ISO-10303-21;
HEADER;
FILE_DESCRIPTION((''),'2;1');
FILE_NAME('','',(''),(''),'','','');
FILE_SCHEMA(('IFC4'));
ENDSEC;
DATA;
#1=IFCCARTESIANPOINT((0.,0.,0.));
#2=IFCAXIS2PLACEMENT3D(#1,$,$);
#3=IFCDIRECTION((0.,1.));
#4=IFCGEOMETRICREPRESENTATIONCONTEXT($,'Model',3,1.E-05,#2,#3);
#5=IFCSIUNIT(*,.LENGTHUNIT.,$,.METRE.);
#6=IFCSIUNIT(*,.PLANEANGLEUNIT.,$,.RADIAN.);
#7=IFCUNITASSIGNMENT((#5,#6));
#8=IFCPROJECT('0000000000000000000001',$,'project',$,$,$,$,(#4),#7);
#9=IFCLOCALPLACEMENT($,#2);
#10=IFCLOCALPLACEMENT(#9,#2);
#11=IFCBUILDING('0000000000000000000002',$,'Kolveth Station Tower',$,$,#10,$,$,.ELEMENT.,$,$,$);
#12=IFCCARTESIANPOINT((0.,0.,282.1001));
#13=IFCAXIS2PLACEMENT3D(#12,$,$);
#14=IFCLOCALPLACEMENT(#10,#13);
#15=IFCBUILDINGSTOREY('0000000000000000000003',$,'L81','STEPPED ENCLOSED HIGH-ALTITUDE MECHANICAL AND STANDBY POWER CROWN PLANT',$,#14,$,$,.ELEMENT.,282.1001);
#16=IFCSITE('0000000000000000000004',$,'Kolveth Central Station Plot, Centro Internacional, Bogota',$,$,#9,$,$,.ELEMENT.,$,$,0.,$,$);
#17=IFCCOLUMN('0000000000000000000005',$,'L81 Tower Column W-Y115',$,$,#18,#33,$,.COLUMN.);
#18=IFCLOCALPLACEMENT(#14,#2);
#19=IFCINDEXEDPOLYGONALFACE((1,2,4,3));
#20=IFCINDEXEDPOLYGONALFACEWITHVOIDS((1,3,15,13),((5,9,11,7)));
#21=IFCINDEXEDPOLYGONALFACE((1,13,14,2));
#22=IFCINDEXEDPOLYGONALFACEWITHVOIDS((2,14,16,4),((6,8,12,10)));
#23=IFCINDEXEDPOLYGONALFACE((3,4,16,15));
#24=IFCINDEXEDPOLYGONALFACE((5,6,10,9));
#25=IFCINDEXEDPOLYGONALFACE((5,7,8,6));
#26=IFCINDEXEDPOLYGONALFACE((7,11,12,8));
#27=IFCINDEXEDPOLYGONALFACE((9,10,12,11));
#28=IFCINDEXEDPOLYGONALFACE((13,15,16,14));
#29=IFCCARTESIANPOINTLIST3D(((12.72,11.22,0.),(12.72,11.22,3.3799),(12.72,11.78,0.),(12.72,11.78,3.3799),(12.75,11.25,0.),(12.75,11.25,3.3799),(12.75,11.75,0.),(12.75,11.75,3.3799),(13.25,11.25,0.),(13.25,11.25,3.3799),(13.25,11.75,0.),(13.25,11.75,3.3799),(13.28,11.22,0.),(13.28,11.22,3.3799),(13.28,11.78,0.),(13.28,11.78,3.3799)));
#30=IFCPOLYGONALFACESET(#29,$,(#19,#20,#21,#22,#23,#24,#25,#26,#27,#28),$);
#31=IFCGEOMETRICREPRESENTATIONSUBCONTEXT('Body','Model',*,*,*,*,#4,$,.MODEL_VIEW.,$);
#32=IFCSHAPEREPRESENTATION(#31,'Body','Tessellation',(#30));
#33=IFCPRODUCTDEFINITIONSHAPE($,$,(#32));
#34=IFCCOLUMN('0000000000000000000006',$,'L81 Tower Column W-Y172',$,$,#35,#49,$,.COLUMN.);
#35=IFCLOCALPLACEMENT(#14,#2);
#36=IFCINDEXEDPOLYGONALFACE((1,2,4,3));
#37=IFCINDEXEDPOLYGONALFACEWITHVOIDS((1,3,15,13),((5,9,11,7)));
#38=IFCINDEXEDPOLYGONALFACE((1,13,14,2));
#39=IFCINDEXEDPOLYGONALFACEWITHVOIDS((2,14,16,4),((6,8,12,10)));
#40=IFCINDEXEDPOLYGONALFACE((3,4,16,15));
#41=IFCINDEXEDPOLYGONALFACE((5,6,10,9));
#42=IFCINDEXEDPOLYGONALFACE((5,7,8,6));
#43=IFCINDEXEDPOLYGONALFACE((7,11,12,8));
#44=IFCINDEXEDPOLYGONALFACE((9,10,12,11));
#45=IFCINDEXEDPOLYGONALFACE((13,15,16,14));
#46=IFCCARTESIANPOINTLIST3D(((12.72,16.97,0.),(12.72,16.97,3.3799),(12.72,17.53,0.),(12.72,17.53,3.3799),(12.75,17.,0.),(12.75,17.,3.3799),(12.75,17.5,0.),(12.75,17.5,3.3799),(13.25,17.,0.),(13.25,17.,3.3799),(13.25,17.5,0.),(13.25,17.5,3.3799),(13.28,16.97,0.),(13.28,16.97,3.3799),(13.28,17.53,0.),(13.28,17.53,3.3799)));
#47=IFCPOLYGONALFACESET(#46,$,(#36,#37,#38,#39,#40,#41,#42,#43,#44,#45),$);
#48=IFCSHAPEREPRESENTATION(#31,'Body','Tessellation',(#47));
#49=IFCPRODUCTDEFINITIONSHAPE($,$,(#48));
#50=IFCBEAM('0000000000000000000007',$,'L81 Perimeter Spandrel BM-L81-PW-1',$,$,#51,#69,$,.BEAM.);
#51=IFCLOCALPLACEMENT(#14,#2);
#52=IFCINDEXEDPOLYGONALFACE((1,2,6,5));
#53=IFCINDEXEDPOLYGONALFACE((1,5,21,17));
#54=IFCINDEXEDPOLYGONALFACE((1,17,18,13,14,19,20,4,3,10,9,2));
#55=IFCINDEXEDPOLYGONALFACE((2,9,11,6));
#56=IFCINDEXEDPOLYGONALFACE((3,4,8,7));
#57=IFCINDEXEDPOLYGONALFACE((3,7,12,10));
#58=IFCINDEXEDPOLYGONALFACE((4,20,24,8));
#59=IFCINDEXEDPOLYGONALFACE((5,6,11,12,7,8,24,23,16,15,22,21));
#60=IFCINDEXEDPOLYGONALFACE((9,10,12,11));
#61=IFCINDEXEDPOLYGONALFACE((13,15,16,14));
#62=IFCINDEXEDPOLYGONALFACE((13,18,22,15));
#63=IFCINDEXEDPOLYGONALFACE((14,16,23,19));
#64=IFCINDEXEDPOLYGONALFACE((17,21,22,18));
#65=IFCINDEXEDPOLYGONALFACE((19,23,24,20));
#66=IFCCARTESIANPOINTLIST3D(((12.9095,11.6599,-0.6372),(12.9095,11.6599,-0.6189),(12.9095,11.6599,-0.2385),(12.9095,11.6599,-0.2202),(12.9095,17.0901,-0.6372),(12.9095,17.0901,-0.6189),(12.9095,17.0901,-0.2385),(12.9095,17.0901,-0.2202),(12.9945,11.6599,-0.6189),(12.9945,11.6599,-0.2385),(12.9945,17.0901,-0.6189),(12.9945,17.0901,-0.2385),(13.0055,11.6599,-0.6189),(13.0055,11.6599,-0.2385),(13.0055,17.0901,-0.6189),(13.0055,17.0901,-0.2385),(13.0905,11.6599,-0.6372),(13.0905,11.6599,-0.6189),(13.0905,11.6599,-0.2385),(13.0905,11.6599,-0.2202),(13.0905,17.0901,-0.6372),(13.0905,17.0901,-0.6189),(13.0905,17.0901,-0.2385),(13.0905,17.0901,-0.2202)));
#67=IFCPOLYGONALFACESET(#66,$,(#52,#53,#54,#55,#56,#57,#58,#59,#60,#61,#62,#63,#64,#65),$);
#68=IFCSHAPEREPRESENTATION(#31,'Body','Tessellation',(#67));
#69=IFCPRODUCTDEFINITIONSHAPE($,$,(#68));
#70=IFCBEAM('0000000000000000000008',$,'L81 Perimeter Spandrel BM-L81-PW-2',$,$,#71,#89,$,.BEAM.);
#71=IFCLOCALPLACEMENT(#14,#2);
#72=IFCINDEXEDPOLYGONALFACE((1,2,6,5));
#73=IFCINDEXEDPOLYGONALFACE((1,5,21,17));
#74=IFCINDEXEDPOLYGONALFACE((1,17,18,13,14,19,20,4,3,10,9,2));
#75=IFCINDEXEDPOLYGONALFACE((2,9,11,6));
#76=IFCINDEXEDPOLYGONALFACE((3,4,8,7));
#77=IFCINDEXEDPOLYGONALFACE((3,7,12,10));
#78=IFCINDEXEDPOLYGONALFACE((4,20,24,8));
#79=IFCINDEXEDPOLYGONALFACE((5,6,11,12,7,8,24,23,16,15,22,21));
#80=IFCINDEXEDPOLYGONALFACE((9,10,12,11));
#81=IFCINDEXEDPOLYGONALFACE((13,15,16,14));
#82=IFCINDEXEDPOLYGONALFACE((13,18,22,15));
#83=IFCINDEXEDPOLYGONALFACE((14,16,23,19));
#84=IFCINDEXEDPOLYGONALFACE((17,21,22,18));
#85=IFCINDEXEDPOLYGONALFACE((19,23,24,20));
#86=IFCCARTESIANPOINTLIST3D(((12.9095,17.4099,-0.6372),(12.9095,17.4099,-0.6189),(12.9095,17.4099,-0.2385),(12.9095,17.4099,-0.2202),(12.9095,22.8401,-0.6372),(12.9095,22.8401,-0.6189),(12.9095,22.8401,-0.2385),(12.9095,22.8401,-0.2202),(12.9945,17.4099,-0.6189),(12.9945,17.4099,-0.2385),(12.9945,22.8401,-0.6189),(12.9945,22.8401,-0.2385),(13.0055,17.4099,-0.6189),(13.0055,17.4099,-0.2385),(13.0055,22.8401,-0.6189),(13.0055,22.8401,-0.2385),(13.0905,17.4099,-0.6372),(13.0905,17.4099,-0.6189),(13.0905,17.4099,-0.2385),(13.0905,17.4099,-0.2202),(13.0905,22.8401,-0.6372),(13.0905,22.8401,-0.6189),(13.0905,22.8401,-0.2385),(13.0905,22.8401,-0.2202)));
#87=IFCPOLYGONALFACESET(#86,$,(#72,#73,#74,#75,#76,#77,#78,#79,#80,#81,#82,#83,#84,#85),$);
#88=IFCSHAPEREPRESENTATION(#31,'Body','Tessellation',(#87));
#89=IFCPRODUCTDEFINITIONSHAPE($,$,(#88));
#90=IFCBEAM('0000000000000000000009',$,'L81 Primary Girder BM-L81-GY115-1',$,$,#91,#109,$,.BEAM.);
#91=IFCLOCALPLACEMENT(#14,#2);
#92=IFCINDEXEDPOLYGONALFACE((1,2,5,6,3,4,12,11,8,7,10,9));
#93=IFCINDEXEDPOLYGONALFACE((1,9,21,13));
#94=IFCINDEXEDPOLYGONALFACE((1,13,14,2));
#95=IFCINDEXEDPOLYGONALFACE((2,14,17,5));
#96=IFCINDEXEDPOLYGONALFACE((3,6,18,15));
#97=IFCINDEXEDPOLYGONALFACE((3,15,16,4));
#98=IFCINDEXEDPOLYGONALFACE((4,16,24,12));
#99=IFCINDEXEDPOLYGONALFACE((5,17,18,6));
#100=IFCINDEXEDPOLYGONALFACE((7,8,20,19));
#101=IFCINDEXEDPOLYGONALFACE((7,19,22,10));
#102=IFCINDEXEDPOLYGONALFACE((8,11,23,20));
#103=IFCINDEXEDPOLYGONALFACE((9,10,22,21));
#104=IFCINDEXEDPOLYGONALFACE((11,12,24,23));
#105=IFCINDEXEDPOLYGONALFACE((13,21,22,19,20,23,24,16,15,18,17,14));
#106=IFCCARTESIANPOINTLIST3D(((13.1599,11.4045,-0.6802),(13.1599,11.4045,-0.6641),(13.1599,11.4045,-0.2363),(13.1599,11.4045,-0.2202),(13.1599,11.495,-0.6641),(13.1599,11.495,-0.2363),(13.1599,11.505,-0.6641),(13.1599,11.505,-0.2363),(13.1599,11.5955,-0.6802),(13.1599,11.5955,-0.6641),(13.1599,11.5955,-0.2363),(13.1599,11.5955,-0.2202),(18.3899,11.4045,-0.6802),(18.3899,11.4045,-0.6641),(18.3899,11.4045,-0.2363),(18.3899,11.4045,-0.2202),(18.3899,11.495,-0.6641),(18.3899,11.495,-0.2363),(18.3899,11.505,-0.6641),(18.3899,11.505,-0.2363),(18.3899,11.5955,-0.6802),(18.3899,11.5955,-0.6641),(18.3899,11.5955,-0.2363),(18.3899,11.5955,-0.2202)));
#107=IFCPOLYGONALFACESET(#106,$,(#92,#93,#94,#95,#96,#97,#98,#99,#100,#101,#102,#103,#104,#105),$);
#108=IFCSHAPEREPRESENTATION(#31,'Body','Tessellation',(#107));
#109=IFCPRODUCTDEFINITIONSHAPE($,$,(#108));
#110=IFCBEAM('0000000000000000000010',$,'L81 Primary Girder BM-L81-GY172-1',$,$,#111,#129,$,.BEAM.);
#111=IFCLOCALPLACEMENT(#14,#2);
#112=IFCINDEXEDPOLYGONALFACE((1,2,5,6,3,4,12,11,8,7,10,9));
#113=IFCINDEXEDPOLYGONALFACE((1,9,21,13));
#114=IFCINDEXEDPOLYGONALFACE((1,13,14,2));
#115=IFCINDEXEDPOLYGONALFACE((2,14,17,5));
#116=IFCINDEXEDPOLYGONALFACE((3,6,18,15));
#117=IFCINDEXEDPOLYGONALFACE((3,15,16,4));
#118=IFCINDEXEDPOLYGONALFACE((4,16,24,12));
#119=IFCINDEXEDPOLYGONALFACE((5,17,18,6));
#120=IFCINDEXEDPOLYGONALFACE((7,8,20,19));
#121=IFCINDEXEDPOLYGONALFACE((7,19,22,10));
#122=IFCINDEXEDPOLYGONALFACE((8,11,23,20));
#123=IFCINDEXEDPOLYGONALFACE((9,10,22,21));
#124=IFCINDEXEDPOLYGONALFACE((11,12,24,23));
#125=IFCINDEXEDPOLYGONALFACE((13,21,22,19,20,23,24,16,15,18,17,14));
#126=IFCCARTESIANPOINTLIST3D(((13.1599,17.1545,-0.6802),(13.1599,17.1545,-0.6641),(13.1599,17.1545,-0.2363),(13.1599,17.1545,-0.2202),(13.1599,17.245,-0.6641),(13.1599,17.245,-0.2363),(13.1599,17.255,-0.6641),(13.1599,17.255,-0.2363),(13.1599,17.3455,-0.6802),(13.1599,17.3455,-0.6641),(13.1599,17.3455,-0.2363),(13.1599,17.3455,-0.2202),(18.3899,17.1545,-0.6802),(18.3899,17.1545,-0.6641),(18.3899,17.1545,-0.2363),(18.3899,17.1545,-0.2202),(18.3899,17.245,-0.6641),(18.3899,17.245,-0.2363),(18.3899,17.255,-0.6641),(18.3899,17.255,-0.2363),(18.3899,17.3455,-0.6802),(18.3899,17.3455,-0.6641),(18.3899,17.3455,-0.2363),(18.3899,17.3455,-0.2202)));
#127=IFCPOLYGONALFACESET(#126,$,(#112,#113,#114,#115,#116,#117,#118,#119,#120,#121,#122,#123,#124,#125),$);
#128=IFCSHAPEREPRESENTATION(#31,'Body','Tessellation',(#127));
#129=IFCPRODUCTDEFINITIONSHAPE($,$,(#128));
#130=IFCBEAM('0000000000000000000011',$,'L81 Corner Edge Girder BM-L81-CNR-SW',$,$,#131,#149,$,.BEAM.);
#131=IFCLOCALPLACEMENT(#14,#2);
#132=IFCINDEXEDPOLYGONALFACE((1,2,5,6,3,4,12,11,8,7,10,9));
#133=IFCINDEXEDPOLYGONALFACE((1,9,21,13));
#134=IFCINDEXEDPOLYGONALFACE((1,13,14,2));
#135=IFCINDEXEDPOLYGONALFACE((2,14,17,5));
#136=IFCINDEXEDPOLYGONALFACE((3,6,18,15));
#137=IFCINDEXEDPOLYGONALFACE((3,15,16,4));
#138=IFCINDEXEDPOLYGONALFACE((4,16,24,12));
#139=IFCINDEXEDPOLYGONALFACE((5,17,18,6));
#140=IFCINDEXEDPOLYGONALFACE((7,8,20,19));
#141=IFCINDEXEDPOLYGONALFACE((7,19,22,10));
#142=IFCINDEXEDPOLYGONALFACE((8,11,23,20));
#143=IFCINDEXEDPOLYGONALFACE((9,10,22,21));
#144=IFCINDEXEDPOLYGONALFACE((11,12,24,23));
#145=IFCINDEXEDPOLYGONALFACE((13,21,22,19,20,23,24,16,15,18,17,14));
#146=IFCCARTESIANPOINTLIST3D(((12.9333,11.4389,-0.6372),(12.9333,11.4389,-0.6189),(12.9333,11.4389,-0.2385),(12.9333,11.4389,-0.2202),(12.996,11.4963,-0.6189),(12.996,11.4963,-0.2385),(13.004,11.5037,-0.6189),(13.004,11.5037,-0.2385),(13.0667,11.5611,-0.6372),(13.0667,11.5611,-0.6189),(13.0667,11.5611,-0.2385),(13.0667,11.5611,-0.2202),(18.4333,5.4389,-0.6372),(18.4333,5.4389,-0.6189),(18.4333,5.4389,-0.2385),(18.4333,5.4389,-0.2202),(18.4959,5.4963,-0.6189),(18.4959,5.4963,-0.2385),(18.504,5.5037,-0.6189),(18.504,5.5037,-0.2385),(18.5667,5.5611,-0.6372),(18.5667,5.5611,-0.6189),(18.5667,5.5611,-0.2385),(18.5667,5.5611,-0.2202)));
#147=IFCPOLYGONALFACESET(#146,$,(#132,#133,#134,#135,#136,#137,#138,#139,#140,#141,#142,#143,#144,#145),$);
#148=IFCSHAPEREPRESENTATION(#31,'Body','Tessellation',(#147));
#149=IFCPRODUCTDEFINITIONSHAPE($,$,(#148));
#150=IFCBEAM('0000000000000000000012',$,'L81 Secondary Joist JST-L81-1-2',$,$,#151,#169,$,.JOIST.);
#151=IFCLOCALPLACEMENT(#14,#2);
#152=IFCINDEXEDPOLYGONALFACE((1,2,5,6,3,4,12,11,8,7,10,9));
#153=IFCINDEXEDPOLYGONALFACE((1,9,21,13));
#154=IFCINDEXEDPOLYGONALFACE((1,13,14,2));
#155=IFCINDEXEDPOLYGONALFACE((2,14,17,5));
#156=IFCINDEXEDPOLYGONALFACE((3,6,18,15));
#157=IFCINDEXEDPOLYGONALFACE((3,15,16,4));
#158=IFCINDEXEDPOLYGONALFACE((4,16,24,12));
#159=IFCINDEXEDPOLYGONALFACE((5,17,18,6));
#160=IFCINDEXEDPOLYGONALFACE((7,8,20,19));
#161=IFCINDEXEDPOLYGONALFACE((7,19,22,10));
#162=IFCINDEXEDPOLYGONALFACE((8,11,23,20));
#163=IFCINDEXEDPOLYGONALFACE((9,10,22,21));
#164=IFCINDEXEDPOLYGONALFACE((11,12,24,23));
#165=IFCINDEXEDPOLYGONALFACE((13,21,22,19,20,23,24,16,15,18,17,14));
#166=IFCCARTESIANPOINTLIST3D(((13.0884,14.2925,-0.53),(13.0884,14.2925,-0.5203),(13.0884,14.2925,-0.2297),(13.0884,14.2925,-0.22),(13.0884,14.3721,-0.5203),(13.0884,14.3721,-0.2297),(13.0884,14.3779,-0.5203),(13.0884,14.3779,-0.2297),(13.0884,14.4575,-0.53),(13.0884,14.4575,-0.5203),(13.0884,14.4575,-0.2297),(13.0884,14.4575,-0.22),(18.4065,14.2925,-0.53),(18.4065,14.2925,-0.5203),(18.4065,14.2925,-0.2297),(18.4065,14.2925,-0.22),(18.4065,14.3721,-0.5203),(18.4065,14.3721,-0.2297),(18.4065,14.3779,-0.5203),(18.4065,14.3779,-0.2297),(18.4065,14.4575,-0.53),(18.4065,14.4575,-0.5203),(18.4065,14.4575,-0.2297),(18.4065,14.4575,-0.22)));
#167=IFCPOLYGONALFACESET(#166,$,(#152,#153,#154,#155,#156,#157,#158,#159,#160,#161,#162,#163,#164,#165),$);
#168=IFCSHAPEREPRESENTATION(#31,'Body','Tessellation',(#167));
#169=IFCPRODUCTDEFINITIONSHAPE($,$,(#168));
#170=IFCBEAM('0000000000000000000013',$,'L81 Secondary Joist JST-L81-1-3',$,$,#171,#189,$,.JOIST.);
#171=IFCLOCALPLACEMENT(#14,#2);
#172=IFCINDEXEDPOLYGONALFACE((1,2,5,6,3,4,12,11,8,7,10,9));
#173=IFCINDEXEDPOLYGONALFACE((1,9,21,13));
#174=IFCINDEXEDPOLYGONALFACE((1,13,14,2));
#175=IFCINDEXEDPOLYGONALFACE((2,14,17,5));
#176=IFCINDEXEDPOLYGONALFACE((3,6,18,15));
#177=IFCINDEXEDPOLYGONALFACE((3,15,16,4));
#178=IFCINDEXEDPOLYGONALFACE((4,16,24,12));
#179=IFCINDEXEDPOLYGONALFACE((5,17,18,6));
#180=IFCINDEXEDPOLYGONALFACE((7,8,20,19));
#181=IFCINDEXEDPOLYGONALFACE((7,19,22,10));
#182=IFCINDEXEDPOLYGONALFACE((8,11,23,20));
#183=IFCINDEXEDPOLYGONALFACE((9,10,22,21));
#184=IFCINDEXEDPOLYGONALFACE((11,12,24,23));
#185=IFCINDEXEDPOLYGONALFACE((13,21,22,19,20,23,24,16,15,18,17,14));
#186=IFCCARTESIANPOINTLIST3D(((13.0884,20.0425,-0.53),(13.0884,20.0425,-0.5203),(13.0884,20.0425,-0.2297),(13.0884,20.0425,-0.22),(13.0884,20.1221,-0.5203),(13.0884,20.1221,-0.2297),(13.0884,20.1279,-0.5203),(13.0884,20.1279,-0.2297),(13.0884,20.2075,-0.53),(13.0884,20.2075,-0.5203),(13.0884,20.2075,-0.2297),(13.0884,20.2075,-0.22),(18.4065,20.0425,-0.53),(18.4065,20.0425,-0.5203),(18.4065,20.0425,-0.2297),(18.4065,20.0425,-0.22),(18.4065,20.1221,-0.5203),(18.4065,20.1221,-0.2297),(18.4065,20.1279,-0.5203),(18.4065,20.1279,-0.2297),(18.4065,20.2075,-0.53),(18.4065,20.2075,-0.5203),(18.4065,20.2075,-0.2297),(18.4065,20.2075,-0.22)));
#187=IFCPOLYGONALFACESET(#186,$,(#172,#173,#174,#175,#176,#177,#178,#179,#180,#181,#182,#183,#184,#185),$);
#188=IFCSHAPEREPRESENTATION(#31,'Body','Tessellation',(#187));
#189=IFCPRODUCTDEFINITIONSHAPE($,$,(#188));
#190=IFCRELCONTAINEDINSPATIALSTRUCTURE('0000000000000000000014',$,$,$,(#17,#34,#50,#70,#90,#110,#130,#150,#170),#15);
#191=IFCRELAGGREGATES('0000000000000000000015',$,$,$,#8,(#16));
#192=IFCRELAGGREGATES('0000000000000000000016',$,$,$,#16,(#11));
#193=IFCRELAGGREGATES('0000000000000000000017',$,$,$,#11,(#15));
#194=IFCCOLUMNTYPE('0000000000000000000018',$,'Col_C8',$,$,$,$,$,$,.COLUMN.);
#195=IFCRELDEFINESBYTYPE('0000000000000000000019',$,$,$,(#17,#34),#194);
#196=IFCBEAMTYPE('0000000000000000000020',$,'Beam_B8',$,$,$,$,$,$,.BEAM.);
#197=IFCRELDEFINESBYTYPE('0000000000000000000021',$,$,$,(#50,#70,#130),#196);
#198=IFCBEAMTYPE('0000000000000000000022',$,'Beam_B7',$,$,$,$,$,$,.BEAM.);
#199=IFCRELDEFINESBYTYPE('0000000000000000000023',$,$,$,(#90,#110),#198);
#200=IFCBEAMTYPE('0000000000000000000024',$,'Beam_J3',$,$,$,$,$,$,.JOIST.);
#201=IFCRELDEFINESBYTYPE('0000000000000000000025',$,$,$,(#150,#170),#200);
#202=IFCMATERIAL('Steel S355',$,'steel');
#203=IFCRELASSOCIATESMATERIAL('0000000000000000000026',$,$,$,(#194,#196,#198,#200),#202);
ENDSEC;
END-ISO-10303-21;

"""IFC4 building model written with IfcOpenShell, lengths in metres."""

from ifc_helpers import new_model, si_unit, direction, frame, origin, origin_2d, place, context, subcontext, project, spatial, hollow_rectangle, i_section, extrude, source, transform, mapped, material, material_profile, profile_set, type_object, element, save


model = new_model("IFC4")

# Units and contexts
model_context = context("Model", 3, precision=1e-05, world=origin(), true_north=direction((0.0, 1.0)))
body_context = subcontext(model_context, "Body", "Model", "MODEL_VIEW")
ifc_project = project(units=[si_unit("LENGTHUNIT", "METRE"), si_unit("PLANEANGLEUNIT", "RADIAN")], contexts=[model_context])

# Site, building, storey
site_placement = place(None, origin())
site = spatial("IfcSite", under=ifc_project, at=site_placement, Name="Kolveth Central Station Plot, Centro Internacional, Bogota", CompositionType="ELEMENT", RefElevation=0.0)
building_placement = place(site_placement, origin())
building = spatial("IfcBuilding", under=site, at=building_placement, Name="Kolveth Station Tower", CompositionType="ELEMENT")
storey_placement = place(building_placement, frame((0.0, 0.0, 282.1001)))
storey = spatial("IfcBuildingStorey", under=building, at=storey_placement, Name="L81", Description="STEPPED ENCLOSED HIGH-ALTITUDE MECHANICAL AND STANDBY POWER CROWN PLANT", CompositionType="ELEMENT", Elevation=282.1001)

# Columns
ifc_material_1 = material(Name="Steel S355", Category="steel")
ifc_material_profile_1 = material_profile(ifc_material_1, hollow_rectangle(XDim=0.5601, YDim=0.5601, WallThickness=0.03, at=origin_2d()), Name="BOX560x560x30")
ifc_profile_set_1 = profile_set([ifc_material_profile_1], Name="Steel S355")
column_type = type_object("IfcColumnType", Name="Col_C8", PredefinedType="COLUMN", material=ifc_profile_set_1)
shared_shape_1 = source(origin(), body_context, "Body", "SweptSolid", [
    extrude(hollow_rectangle(XDim=0.5601, YDim=0.5601, WallThickness=0.03, at=origin_2d()), origin(), (0.0, 0.0, 1.0), 3.3799),
])
for number, where, z_axis, x_axis, name in (
    (1, (13.0, 11.5, 0.0), (0.0, 0.0, 1.0), (1.0, 0.0, 0.0), "L81 Tower Column W-Y115"),
    (2, (13.0, 17.25, 0.0), (0.0, 0.0, 1.0), (1.0, 0.0, 0.0), "L81 Tower Column W-Y172"),
):
    element("IfcColumn", number, at=place(storey_placement, frame(where, z_axis=z_axis, x_axis=x_axis)), inside=storey, type_object=column_type, Name=name, PredefinedType="COLUMN", context=body_context, shape_type="MappedRepresentation", body=[
        mapped(shared_shape_1, transform((0.0, 0.0, 0.0), x_axis=(1.0, 0.0, 0.0), y_axis=(0.0, 1.0, 0.0), z_axis=(0.0, 0.0, 1.0), scale=1.0)),
    ])

# Beams
ifc_material_profile_2 = material_profile(ifc_material_1, i_section(OverallWidth=0.1809, OverallDepth=0.417, WebThickness=0.011, FlangeThickness=0.0183, at=origin_2d()), Name="W410x85")
ifc_profile_set_2 = profile_set([ifc_material_profile_2], Name="Steel S355")
beam_type_1 = type_object("IfcBeamType", Name="Beam_B8", PredefinedType="BEAM", material=ifc_profile_set_2)
shared_shape_2 = source(origin(), body_context, "Body", "SweptSolid", [
    extrude(i_section(OverallWidth=0.1809, OverallDepth=0.417, WebThickness=0.011, FlangeThickness=0.0183, at=origin_2d()), origin(), (0.0, 0.0, 1.0), 5.4302),
])
for number, where, z_axis, x_axis, name in (
    (3, (13.0, 11.6599, -0.4287), (0.0, 1.0, 0.0), (-1.0, 0.0, 0.0), "L81 Perimeter Spandrel BM-L81-PW-1"),
    (4, (13.0, 17.4099, -0.4287), (0.0, 1.0, 0.0), (-1.0, 0.0, 0.0), "L81 Perimeter Spandrel BM-L81-PW-2"),
):
    element("IfcBeam", number, at=place(storey_placement, frame(where, z_axis=z_axis, x_axis=x_axis)), inside=storey, type_object=beam_type_1, Name=name, PredefinedType="BEAM", context=body_context, shape_type="MappedRepresentation", body=[
        mapped(shared_shape_2, transform((0.0, 0.0, 0.0), x_axis=(1.0, 0.0, 0.0), y_axis=(0.0, 1.0, 0.0), z_axis=(0.0, 0.0, 1.0), scale=1.0)),
    ])
ifc_material_profile_3 = material_profile(ifc_material_1, i_section(OverallWidth=0.1909, OverallDepth=0.46, WebThickness=0.01, FlangeThickness=0.0161, at=origin_2d()), Name="W460x82")
ifc_profile_set_3 = profile_set([ifc_material_profile_3], Name="Steel S355")
beam_type_2 = type_object("IfcBeamType", Name="Beam_B7", PredefinedType="BEAM", material=ifc_profile_set_3)
shared_shape_3 = source(origin(), body_context, "Body", "SweptSolid", [
    extrude(i_section(OverallWidth=0.1909, OverallDepth=0.46, WebThickness=0.01, FlangeThickness=0.0161, at=origin_2d()), origin(), (0.0, 0.0, 1.0), 5.23),
])
for number, where, z_axis, x_axis, name in (
    (5, (13.1599, 11.5, -0.4502), (1.0, 0.0, 0.0), (0.0, 1.0, 0.0), "L81 Primary Girder BM-L81-GY115-1"),
    (6, (13.1599, 17.25, -0.4502), (1.0, 0.0, 0.0), (0.0, 1.0, 0.0), "L81 Primary Girder BM-L81-GY172-1"),
):
    element("IfcBeam", number, at=place(storey_placement, frame(where, z_axis=z_axis, x_axis=x_axis)), inside=storey, type_object=beam_type_2, Name=name, PredefinedType="BEAM", context=body_context, shape_type="MappedRepresentation", body=[
        mapped(shared_shape_3, transform((0.0, 0.0, 0.0), x_axis=(1.0, 0.0, 0.0), y_axis=(0.0, 1.0, 0.0), z_axis=(0.0, 0.0, 1.0), scale=1.0)),
    ])
shared_shape_4 = source(origin(), body_context, "Body", "SweptSolid", [
    extrude(i_section(OverallWidth=0.1809, OverallDepth=0.417, WebThickness=0.011, FlangeThickness=0.0183, at=origin_2d()), origin(), (0.0, 0.0, 1.0), 8.1394),
])
beam_placement = place(storey_placement, frame((13.0, 11.5, -0.4287), z_axis=(0.675725, -0.737154, 0.0), x_axis=(0.737154, 0.675725, 0.0)))
element("IfcBeam", 7, at=beam_placement, inside=storey, type_object=beam_type_1, Name="L81 Corner Edge Girder BM-L81-CNR-SW", PredefinedType="BEAM", context=body_context, shape_type="MappedRepresentation", body=[
    mapped(shared_shape_4, transform((0.0, 0.0, 0.0), x_axis=(1.0, 0.0, 0.0), y_axis=(0.0, 1.0, 0.0), z_axis=(0.0, 0.0, 1.0), scale=1.0)),
])
ifc_material_profile_4 = material_profile(ifc_material_1, i_section(OverallWidth=0.165, OverallDepth=0.3101, WebThickness=0.0059, FlangeThickness=0.0098, at=origin_2d()), Name="W310x39")
ifc_profile_set_4 = profile_set([ifc_material_profile_4], Name="Steel S355")
beam_type_3 = type_object("IfcBeamType", Name="Beam_J3", PredefinedType="JOIST", material=ifc_profile_set_4)
shared_shape_5 = source(origin(), body_context, "Body", "SweptSolid", [
    extrude(i_section(OverallWidth=0.165, OverallDepth=0.3101, WebThickness=0.0059, FlangeThickness=0.0098, at=origin_2d()), origin(), (0.0, 0.0, 1.0), 5.3181),
])
for number, where, z_axis, x_axis, name in (
    (8, (13.0884, 14.375, -0.375), (1.0, 0.0, 0.0), (0.0, 1.0, 0.0), "L81 Secondary Joist JST-L81-1-2"),
    (9, (13.0884, 20.125, -0.375), (1.0, 0.0, 0.0), (0.0, 1.0, 0.0), "L81 Secondary Joist JST-L81-1-3"),
):
    element("IfcBeam", number, at=place(storey_placement, frame(where, z_axis=z_axis, x_axis=x_axis)), inside=storey, type_object=beam_type_3, Name=name, PredefinedType="JOIST", context=body_context, shape_type="MappedRepresentation", body=[
        mapped(shared_shape_5, transform((0.0, 0.0, 0.0), x_axis=(1.0, 0.0, 0.0), y_axis=(0.0, 1.0, 0.0), z_axis=(0.0, 0.0, 1.0), scale=1.0)),
    ])

save(model, "model.ifc")
